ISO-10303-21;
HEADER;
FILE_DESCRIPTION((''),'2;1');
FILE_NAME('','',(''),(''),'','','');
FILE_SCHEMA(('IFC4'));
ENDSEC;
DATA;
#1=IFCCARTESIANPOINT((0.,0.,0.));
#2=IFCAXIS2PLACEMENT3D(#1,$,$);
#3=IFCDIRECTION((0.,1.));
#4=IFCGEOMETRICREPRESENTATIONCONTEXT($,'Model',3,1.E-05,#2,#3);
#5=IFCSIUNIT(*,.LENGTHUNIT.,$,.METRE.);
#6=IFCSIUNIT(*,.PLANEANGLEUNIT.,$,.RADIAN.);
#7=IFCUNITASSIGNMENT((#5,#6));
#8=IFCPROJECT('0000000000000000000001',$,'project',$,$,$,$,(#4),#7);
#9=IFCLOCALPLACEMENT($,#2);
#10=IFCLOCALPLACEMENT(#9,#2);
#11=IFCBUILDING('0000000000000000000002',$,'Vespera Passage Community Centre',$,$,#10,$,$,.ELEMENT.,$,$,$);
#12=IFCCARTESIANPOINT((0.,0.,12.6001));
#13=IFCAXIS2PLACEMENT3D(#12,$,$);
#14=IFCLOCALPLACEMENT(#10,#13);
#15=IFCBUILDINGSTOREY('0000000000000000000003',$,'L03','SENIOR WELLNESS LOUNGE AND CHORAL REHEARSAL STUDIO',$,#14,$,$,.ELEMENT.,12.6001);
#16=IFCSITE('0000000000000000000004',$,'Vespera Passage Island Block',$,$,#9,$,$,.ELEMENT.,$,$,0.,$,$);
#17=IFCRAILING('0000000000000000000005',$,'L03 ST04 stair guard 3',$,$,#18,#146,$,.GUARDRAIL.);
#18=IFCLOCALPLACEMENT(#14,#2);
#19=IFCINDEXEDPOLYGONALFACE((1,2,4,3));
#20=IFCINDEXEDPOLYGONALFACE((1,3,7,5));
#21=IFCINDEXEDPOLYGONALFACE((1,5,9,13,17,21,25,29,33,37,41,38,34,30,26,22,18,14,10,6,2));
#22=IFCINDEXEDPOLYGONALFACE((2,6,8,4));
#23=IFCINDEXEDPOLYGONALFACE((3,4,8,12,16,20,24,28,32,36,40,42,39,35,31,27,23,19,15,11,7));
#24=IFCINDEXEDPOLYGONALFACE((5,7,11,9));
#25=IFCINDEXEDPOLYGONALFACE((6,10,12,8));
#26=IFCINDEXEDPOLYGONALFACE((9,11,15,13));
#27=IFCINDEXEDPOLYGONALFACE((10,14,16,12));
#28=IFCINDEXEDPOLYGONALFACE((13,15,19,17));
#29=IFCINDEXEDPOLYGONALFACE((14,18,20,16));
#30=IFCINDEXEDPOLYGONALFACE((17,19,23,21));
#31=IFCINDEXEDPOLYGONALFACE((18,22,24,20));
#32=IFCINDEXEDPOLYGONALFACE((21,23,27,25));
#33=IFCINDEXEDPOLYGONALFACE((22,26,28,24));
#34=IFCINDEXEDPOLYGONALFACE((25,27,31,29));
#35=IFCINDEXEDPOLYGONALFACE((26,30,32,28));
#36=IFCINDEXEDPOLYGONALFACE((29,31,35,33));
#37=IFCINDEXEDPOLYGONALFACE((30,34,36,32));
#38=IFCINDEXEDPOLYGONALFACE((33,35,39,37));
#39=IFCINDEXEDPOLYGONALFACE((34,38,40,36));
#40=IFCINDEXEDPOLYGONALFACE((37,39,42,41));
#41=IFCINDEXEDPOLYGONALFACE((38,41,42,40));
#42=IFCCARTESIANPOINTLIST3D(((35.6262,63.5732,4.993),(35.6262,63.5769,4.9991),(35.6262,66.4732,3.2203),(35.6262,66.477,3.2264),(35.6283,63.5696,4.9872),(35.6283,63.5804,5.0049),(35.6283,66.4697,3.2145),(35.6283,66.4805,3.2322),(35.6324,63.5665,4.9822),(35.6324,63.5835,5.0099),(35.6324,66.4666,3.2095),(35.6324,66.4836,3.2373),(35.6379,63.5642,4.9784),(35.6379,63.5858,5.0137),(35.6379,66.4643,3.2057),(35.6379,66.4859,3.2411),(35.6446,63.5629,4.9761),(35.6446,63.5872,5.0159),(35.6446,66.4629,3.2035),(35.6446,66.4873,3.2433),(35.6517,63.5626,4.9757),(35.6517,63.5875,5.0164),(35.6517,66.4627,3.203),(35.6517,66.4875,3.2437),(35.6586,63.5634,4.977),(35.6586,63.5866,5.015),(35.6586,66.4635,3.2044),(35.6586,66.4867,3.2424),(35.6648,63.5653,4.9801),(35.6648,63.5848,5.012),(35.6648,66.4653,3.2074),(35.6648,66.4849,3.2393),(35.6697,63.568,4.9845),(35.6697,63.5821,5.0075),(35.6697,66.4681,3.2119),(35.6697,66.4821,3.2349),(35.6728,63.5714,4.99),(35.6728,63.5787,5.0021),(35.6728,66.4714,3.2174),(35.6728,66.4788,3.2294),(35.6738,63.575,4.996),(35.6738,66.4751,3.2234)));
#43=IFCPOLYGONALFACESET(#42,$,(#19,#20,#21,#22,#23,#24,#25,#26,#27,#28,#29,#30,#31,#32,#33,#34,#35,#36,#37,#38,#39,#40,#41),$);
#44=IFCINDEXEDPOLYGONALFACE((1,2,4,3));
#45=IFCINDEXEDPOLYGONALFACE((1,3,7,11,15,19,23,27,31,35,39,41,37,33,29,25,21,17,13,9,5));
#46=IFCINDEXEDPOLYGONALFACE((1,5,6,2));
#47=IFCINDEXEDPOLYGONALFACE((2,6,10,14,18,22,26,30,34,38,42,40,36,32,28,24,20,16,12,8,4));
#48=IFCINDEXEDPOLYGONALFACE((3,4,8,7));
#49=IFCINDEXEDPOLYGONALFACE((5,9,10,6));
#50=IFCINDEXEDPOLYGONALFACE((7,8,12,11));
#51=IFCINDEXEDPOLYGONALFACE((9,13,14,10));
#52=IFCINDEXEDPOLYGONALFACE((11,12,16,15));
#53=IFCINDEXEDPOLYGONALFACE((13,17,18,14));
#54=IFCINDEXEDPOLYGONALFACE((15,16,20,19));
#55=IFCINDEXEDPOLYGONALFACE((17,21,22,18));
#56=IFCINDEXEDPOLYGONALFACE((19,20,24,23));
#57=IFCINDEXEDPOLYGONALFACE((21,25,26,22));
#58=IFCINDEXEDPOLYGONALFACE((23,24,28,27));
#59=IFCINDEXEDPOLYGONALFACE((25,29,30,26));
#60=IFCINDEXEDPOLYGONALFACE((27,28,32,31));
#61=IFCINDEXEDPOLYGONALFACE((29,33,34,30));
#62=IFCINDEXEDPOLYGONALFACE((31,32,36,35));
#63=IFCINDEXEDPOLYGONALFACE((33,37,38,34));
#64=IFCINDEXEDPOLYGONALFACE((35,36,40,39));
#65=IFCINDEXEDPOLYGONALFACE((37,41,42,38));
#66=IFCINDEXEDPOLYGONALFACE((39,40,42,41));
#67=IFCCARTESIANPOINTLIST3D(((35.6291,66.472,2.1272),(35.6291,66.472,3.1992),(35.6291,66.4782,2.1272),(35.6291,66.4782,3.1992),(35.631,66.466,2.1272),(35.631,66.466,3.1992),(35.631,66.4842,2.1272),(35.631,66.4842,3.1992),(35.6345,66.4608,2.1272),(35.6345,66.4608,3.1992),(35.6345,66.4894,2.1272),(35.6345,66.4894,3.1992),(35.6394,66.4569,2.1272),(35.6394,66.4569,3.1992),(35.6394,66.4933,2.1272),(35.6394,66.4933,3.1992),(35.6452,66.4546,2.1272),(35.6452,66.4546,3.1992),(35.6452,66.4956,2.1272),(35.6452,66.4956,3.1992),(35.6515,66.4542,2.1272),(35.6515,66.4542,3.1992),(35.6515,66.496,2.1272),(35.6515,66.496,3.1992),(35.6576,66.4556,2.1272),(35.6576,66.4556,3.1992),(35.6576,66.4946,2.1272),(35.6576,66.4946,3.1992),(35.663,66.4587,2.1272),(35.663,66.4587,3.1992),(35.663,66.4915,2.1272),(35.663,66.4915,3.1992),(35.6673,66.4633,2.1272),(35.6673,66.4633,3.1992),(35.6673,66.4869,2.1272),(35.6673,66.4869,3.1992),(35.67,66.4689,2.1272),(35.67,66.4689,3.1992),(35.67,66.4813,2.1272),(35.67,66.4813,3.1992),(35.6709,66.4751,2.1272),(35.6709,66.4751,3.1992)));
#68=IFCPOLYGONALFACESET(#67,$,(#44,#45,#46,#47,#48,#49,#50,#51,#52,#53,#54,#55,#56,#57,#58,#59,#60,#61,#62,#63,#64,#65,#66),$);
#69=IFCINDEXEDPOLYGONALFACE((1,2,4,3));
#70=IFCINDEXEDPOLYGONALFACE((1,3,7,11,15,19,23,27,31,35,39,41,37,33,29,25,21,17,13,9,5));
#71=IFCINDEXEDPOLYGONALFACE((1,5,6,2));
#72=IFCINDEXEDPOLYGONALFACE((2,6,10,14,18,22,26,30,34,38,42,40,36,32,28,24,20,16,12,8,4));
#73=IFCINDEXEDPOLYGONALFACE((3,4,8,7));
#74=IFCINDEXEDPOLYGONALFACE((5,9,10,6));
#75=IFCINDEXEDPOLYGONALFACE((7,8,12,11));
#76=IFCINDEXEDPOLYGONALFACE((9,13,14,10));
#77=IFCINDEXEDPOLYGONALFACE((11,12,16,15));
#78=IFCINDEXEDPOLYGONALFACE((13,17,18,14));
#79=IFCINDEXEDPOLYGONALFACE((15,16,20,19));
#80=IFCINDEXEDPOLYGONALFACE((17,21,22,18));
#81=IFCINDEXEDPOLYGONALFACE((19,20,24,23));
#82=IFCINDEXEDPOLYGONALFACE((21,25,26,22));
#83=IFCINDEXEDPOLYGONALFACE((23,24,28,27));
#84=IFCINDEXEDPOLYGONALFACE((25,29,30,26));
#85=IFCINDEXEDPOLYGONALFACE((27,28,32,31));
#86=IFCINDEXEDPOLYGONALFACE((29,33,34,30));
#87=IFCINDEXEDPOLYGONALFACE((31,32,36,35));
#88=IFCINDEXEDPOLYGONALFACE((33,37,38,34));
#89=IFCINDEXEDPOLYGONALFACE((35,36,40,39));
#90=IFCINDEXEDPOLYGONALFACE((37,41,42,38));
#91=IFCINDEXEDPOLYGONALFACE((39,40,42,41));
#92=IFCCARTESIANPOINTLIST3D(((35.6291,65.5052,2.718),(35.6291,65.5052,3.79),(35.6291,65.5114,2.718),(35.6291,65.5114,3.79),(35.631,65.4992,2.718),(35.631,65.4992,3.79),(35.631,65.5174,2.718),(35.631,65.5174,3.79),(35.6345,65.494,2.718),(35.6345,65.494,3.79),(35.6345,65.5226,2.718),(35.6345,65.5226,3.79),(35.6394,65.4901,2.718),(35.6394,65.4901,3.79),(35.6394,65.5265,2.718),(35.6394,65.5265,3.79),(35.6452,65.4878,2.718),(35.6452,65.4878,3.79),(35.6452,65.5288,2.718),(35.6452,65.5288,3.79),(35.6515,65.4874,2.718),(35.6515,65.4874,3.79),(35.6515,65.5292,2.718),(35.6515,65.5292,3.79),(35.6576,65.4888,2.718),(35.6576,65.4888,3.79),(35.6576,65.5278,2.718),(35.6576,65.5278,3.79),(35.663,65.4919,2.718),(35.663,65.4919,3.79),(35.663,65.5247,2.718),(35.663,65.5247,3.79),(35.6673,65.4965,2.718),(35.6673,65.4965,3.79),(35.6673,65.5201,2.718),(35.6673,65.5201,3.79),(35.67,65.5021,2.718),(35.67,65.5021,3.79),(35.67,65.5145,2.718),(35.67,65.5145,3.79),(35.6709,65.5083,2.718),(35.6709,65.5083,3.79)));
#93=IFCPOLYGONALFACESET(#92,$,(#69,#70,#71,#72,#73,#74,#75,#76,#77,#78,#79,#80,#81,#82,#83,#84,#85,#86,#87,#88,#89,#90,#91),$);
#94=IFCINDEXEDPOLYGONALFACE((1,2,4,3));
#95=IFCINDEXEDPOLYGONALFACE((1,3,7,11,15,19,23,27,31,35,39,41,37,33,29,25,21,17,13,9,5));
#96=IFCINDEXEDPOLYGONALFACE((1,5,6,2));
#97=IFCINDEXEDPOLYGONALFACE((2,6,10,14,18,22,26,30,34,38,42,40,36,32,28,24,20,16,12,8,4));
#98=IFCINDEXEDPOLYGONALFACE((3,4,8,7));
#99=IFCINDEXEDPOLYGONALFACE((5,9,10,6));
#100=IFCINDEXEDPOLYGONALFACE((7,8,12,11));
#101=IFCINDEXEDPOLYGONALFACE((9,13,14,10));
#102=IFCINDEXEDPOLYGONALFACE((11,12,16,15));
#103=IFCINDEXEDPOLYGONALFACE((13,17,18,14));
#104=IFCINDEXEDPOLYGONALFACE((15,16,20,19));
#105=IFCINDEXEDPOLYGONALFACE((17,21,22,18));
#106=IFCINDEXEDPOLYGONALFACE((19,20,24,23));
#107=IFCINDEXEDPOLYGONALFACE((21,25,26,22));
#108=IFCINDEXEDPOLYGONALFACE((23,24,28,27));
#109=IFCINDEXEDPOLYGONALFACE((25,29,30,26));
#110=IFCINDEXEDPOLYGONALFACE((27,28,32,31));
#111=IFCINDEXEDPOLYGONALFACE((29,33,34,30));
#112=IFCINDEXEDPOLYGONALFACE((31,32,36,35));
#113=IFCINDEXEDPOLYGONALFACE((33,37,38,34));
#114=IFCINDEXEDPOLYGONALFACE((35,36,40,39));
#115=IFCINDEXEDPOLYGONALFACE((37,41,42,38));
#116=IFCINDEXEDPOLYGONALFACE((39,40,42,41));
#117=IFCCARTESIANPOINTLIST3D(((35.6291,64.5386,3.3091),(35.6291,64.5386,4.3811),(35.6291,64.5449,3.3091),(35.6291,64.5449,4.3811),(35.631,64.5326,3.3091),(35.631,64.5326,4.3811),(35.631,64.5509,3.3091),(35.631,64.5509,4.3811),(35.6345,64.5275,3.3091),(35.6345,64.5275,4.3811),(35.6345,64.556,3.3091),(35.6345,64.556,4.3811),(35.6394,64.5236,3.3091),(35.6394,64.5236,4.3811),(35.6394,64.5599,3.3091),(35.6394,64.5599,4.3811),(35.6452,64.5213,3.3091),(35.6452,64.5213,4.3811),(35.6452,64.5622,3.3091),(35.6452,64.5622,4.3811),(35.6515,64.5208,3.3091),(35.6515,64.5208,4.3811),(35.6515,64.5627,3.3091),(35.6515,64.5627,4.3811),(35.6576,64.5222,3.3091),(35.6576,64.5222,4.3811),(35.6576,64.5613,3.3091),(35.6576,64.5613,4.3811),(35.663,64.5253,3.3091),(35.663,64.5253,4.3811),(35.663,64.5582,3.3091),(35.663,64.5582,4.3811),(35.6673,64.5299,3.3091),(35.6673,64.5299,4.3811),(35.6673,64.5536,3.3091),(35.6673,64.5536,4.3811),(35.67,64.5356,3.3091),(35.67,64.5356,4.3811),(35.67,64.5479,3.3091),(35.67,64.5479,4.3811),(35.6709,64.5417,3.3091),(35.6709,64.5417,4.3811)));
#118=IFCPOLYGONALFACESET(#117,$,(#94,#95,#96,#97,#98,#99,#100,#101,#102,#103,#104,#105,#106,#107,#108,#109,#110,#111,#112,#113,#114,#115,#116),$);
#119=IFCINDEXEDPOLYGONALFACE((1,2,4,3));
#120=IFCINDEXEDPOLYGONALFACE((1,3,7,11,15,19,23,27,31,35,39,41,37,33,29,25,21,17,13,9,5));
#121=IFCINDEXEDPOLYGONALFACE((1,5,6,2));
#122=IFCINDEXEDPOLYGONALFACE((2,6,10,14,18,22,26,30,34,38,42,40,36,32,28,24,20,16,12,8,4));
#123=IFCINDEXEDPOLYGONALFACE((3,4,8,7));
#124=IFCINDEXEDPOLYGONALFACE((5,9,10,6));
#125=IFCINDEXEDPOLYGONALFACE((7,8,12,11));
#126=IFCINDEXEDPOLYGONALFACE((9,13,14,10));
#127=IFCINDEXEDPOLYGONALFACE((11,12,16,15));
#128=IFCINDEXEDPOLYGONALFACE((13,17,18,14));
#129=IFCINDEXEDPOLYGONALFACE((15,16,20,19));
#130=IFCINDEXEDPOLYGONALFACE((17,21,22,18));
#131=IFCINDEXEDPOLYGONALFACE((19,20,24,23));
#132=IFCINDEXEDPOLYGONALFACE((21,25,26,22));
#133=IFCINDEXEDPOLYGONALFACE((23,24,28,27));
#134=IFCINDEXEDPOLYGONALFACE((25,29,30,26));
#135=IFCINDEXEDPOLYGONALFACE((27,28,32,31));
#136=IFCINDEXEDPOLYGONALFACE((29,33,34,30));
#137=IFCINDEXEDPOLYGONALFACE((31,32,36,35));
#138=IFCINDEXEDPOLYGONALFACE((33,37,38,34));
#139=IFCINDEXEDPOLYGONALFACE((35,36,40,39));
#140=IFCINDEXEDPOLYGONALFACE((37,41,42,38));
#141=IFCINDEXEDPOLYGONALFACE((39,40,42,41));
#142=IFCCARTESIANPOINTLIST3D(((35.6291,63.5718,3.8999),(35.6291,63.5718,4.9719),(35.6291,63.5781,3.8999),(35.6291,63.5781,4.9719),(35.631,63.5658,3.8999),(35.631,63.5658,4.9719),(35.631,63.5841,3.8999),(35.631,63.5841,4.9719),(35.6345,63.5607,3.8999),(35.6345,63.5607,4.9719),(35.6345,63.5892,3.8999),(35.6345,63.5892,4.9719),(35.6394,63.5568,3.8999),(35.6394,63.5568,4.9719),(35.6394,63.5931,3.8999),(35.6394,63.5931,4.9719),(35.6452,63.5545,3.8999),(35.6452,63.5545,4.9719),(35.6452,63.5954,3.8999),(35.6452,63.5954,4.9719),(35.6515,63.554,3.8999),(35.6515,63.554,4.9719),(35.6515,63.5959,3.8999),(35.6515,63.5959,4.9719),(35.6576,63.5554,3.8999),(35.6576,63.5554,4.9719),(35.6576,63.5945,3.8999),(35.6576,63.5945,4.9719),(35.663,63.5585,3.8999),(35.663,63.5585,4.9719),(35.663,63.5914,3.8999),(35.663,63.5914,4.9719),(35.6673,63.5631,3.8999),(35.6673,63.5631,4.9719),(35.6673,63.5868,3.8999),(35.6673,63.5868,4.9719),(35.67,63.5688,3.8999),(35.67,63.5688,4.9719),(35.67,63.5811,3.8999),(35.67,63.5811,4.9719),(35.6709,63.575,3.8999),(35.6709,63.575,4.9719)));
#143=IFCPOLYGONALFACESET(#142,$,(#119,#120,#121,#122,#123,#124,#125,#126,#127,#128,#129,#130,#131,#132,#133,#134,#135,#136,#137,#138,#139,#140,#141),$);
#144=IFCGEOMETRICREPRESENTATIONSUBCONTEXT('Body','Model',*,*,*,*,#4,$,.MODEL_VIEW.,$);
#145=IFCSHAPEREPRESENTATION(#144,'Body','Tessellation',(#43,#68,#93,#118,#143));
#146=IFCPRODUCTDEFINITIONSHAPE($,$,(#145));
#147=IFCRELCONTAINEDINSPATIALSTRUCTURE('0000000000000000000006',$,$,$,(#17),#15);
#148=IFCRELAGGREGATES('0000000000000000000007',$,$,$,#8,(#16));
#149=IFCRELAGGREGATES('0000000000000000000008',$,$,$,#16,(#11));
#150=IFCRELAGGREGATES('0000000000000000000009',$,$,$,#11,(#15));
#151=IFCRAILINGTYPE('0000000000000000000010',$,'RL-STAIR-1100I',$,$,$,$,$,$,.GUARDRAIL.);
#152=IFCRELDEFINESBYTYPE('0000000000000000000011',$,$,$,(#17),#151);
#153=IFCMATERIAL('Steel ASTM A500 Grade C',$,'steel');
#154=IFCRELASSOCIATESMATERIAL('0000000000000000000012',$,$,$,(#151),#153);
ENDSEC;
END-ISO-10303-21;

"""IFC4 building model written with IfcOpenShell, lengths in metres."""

from ifc_helpers import new_model, si_unit, direction, frame, origin, origin_2d, place, context, subcontext, project, spatial, circle, extrude, material, type_object, element, save


model = new_model("IFC4")

# Units and contexts
model_context = context("Model", 3, precision=1e-05, world=origin(), true_north=direction((0.0, 1.0)))
body_context = subcontext(model_context, "Body", "Model", "MODEL_VIEW")
ifc_project = project(units=[si_unit("LENGTHUNIT", "METRE"), si_unit("PLANEANGLEUNIT", "RADIAN")], contexts=[model_context])

# Site, building, storey
site_placement = place(None, origin())
site = spatial("IfcSite", under=ifc_project, at=site_placement, Name="Vespera Passage Island Block", CompositionType="ELEMENT", RefElevation=0.0)
building_placement = place(site_placement, origin())
building = spatial("IfcBuilding", under=site, at=building_placement, Name="Vespera Passage Community Centre", CompositionType="ELEMENT")
storey_placement = place(building_placement, frame((0.0, 0.0, 12.6001)))
storey = spatial("IfcBuildingStorey", under=building, at=storey_placement, Name="L03", Description="SENIOR WELLNESS LOUNGE AND CHORAL REHEARSAL STUDIO", CompositionType="ELEMENT", Elevation=12.6001)

# Railing
ifc_material_1 = material(Name="Steel ASTM A500 Grade C", Category="steel")
railing_type_1 = type_object("IfcRailingType", Name="RL-STAIR-1100I", PredefinedType="GUARDRAIL", material=ifc_material_1)
railing_1_placement = place(storey_placement, frame((35.6499, 66.4751, 2.1272)))
element("IfcRailing", 1, at=railing_1_placement, inside=storey, type_object=railing_type_1, Name="L03 ST04 stair guard 3", PredefinedType="GUARDRAIL", context=body_context, shape_type="SweptSolid", body=[
    extrude(circle(Radius=0.0239, at=origin_2d()), frame((0.0, 0.0, 1.0962), z_axis=(0.0, -0.85323, 0.521534), x_axis=(1.0, 0.0, 0.0)), (0.0, 0.0, 1.0), 3.3989),
    extrude(circle(Radius=0.021, at=origin_2d()), origin(), (0.0, 0.0, 1.0), 1.072),
    extrude(circle(Radius=0.021, at=origin_2d()), frame((0.0, -0.9668, 0.5908)), (0.0, 0.0, 1.0), 1.072),
    extrude(circle(Radius=0.021, at=origin_2d()), frame((0.0, -1.9333, 1.1819)), (0.0, 0.0, 1.0), 1.072),
    extrude(circle(Radius=0.021, at=origin_2d()), frame((0.0, -2.9001, 1.7727)), (0.0, 0.0, 1.0), 1.072),
])

save(model, "model.ifc")
